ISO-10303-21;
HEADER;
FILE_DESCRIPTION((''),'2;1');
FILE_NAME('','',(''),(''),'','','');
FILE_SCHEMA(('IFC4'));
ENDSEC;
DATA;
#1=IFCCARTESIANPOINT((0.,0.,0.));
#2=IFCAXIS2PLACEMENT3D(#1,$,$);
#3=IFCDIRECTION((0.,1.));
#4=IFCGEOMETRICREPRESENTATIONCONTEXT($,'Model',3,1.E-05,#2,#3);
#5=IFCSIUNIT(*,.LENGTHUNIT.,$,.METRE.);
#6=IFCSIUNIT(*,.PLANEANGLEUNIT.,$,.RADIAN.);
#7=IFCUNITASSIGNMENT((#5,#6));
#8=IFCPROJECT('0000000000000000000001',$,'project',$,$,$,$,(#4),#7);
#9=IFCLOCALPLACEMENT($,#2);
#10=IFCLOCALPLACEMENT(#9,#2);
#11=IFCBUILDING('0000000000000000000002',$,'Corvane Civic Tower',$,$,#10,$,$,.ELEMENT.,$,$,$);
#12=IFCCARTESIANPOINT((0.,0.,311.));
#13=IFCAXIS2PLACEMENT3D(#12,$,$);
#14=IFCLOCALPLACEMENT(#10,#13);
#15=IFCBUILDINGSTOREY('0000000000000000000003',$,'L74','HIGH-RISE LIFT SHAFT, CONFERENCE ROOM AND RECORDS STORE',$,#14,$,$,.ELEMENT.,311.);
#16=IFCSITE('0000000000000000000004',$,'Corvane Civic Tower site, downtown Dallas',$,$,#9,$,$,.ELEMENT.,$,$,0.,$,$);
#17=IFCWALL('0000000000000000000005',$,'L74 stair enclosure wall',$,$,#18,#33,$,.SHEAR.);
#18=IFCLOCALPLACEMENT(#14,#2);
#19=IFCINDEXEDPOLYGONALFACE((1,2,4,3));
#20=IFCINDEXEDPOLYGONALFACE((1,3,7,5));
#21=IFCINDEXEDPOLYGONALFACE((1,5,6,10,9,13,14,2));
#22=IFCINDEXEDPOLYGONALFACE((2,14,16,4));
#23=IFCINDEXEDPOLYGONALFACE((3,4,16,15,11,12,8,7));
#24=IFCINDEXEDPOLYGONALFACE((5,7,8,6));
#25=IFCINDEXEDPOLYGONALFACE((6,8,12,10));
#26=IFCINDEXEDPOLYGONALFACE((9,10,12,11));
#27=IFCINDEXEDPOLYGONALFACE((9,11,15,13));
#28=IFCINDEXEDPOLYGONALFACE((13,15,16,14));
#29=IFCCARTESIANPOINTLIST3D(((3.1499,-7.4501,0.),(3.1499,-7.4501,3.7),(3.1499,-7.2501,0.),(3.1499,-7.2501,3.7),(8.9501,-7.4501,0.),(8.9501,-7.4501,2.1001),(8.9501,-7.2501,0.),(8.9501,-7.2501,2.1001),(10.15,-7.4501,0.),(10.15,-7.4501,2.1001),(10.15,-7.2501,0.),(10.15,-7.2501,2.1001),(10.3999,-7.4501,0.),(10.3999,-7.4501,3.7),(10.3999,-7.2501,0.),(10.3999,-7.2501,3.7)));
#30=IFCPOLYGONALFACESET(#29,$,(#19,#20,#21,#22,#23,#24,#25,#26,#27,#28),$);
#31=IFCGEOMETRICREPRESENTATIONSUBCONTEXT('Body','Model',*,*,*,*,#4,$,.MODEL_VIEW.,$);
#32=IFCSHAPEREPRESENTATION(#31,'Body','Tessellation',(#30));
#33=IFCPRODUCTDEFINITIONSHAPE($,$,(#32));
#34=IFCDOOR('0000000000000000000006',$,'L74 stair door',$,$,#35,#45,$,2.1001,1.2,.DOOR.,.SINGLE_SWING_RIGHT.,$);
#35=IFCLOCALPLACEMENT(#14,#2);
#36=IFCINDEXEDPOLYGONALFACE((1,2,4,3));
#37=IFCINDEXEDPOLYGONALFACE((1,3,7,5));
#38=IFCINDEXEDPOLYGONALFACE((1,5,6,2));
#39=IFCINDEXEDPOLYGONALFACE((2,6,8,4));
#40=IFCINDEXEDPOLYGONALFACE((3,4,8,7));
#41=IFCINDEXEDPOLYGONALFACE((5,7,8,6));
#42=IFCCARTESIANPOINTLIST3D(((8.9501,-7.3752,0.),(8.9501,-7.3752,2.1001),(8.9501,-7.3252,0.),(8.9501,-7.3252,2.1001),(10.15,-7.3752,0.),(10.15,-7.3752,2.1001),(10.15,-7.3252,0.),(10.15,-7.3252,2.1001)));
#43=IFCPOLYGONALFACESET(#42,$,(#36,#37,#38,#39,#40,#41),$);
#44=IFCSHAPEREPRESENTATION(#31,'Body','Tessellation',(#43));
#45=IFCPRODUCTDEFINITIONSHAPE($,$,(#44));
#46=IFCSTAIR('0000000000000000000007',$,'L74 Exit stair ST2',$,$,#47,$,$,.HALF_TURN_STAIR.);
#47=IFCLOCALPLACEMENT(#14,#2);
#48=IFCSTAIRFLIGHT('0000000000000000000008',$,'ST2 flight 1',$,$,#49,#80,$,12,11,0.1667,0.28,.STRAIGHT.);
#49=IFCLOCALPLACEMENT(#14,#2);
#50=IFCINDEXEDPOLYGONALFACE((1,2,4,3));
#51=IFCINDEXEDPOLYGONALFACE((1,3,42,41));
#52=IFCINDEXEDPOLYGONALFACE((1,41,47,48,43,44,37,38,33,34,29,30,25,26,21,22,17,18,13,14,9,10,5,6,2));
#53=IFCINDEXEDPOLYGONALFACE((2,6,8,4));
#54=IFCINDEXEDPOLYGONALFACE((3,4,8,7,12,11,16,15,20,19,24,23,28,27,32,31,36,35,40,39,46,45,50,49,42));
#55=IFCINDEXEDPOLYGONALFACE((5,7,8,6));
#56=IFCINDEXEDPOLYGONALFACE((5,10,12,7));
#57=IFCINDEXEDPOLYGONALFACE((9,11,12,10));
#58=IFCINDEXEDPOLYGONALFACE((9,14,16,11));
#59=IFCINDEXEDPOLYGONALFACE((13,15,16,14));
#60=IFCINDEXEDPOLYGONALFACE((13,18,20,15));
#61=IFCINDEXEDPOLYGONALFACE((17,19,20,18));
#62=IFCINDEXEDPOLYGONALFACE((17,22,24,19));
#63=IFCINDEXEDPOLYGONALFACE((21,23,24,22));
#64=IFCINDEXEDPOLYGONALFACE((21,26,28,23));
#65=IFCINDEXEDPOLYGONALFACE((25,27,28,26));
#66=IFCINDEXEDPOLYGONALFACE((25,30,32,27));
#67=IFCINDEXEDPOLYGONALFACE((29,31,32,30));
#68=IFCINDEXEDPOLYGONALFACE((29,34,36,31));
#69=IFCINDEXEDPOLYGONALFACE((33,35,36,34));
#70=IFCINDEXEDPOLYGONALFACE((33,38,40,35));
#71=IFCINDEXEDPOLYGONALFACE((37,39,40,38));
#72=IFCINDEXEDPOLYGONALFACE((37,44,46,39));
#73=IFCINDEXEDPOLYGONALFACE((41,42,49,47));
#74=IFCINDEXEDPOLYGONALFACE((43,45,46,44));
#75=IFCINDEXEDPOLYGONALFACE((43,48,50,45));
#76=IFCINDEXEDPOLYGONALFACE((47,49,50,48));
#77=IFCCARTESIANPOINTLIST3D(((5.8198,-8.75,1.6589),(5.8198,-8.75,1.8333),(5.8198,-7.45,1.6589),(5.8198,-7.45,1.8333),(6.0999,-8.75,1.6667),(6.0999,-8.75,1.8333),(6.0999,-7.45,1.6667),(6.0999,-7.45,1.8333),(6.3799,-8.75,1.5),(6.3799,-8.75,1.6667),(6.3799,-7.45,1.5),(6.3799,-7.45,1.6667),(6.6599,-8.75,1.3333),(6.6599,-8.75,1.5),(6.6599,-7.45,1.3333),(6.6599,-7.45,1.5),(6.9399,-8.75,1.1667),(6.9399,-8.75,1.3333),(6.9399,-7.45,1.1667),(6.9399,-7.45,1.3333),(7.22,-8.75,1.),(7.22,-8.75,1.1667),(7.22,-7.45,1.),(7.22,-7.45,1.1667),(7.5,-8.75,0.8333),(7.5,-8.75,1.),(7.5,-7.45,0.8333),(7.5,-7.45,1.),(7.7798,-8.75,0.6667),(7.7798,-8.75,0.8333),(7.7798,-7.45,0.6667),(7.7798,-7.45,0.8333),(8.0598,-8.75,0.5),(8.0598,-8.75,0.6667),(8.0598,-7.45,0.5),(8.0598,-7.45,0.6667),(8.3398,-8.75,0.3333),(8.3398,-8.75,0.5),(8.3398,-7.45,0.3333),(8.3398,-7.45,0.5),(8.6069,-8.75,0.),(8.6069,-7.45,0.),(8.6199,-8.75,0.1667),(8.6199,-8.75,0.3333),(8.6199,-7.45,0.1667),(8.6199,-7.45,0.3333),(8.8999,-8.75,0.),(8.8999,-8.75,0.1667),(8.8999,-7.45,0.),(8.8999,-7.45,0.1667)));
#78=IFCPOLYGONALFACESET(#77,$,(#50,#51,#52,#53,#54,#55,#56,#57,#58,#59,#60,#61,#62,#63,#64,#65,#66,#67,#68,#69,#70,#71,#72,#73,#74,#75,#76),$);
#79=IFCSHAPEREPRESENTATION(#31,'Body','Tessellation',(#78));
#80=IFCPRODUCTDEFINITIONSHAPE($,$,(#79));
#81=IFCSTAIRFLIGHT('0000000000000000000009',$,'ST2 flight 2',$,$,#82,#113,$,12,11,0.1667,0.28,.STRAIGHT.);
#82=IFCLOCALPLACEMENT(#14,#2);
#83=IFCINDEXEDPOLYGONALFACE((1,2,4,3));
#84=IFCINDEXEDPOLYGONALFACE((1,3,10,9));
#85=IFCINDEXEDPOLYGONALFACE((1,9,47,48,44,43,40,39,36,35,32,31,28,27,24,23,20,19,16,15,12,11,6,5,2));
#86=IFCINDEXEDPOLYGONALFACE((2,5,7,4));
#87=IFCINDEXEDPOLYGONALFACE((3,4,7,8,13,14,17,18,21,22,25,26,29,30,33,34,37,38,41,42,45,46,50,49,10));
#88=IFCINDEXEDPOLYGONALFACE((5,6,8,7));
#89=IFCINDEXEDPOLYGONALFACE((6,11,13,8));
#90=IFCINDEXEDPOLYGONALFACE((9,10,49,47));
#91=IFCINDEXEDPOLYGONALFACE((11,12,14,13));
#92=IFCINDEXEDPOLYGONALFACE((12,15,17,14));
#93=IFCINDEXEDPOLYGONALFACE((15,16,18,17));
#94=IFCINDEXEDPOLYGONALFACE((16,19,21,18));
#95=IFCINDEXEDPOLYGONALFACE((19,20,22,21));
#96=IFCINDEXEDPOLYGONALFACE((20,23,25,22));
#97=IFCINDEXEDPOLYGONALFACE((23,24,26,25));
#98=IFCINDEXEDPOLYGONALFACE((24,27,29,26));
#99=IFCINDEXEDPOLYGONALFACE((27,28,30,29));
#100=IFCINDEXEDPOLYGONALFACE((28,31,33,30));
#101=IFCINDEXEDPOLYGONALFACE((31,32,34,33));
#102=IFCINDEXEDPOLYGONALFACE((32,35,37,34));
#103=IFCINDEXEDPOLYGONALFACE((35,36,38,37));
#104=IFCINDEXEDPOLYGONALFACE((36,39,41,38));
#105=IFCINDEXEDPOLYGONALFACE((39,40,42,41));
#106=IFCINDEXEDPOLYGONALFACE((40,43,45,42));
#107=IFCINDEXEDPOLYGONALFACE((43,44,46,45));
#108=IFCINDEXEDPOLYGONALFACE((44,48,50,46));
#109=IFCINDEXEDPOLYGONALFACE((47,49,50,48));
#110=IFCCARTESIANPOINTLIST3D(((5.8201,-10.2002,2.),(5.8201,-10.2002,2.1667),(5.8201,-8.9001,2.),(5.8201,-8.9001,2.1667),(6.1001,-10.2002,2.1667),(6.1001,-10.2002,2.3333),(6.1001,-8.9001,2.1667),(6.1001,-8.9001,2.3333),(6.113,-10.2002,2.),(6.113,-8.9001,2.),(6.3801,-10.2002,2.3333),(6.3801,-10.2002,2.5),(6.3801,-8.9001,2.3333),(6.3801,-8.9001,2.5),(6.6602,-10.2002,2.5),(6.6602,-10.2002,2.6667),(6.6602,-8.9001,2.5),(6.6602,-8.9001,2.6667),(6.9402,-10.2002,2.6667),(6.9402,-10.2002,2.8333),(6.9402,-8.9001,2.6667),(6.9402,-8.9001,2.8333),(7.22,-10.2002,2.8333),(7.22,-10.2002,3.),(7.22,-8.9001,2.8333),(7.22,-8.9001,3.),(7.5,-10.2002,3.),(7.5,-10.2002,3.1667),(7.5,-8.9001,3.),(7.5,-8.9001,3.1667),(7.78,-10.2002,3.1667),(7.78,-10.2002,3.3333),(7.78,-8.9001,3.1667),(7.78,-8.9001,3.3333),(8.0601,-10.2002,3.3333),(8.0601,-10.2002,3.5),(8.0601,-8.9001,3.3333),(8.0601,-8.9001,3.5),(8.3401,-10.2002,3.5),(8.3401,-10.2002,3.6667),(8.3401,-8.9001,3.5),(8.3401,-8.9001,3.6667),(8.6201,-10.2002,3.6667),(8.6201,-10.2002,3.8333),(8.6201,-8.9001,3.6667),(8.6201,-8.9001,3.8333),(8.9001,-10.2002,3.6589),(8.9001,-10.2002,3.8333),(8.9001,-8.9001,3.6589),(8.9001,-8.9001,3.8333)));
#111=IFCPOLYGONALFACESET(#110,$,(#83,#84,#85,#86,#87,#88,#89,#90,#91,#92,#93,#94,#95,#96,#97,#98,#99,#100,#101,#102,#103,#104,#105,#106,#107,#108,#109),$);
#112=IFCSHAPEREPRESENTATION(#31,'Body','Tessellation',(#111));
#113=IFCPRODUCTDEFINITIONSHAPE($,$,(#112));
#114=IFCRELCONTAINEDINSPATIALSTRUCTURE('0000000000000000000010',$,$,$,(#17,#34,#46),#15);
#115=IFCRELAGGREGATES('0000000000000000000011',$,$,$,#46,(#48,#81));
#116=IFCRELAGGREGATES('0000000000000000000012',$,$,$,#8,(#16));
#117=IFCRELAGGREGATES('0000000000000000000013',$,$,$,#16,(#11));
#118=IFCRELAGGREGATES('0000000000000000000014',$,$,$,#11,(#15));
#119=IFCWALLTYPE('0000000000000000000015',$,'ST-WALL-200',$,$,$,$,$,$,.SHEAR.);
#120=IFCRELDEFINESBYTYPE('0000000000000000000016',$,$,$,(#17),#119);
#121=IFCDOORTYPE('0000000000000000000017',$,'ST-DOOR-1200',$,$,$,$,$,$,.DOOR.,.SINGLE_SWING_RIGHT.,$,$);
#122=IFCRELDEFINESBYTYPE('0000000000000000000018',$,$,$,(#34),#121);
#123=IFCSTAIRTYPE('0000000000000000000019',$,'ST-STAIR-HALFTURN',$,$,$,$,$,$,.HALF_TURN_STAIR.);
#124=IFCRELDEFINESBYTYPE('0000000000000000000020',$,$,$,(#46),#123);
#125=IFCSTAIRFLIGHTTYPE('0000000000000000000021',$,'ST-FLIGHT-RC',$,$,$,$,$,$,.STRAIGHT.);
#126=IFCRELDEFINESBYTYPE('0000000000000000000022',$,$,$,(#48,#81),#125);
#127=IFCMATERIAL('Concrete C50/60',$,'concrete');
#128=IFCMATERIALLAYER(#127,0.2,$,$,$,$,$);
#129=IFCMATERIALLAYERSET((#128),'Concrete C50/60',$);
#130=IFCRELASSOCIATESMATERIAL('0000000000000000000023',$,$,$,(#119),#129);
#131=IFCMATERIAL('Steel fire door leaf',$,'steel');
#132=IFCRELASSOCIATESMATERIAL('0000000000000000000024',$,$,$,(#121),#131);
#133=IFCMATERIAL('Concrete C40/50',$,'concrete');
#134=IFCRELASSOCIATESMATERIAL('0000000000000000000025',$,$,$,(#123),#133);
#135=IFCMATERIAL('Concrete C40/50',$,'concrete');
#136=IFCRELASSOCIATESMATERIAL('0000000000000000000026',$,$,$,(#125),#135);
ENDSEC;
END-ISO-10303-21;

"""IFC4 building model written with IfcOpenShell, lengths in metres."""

from ifc_helpers import new_model, si_unit, direction, frame, frame_2d, origin, place, context, subcontext, project, spatial, polyline, rectangle, outline, extrude, material, layer, layer_set, type_object, element, fill, aggregate, save


model = new_model("IFC4")

# Units and contexts
model_context = context("Model", 3, precision=1e-05, world=origin(), true_north=direction((0.0, 1.0)))
body_context = subcontext(model_context, "Body", "Model", "MODEL_VIEW")
ifc_project = project(units=[si_unit("LENGTHUNIT", "METRE"), si_unit("PLANEANGLEUNIT", "RADIAN")], contexts=[model_context])

# Site, building, storey
site_placement = place(None, origin())
site = spatial("IfcSite", under=ifc_project, at=site_placement, Name="Corvane Civic Tower site, downtown Dallas", CompositionType="ELEMENT", RefElevation=0.0)
building_placement = place(site_placement, origin())
building = spatial("IfcBuilding", under=site, at=building_placement, Name="Corvane Civic Tower", CompositionType="ELEMENT")
storey_placement = place(building_placement, frame((0.0, 0.0, 311.0)))
storey = spatial("IfcBuildingStorey", under=building, at=storey_placement, Name="L74", Description="HIGH-RISE LIFT SHAFT, CONFERENCE ROOM AND RECORDS STORE", CompositionType="ELEMENT", Elevation=311.0)

# Wall, opening, door
ifc_material_1 = material(Name="Concrete C50/60", Category="concrete")
ifc_layer_1 = layer(ifc_material_1, 0.2)
ifc_layer_set_1 = layer_set([ifc_layer_1], Name="Concrete C50/60")
wall_type_1 = type_object("IfcWallType", Name="ST-WALL-200", PredefinedType="SHEAR", material=ifc_layer_set_1)
wall_1_placement = place(storey_placement, frame((3.1499, -7.3501, 0.0), z_axis=(0.0, 0.0, 1.0), x_axis=(1.0, 0.0, 0.0)))
wall_1 = element("IfcWall", 1, at=wall_1_placement, inside=storey, type_object=wall_type_1, Name="L74 stair enclosure wall", PredefinedType="SHEAR", context=body_context, shape_type="SweptSolid", body=[
    extrude(rectangle(XDim=7.25, YDim=0.2, at=frame_2d((3.625, 0.0))), origin(), (0.0, 0.0, 1.0), 3.7),
])
opening_1_placement = place(wall_1_placement, frame((5.8, 0.0, 0.0)))
opening_1 = element("IfcOpeningElement", 2, at=opening_1_placement, cuts=wall_1, PredefinedType="OPENING", context=body_context, shape_type="SweptSolid", body=[
    extrude(rectangle(XDim=1.2, YDim=2.1001, at=frame_2d((0.6001, 1.05))), frame((0.0, 0.1099, 0.0), z_axis=(0.0, -1.0, 0.0), x_axis=(1.0, 0.0, 0.0)), (0.0, 0.0, 1.0), 0.22),
])
ifc_material_2 = material(Name="Steel fire door leaf", Category="steel")
door_type_1 = type_object("IfcDoorType", Name="ST-DOOR-1200", OperationType="SINGLE_SWING_RIGHT", PredefinedType="DOOR", material=ifc_material_2)
door_1_placement = place(opening_1_placement, origin())
door_1 = element("IfcDoor", 3, at=door_1_placement, inside=storey, type_object=door_type_1, Name="L74 stair door", OperationType="SINGLE_SWING_RIGHT", OverallHeight=2.1001, OverallWidth=1.2, PredefinedType="DOOR", context=body_context, shape_type="SweptSolid", body=[
    extrude(rectangle(XDim=1.2, YDim=2.1001, at=frame_2d((0.6001, 1.05))), frame((0.0, 0.0249, 0.0), z_axis=(0.0, -1.0, 0.0), x_axis=(1.0, 0.0, 0.0)), (0.0, 0.0, 1.0), 0.05),
])
fill(opening_1, door_1)

# Stair, stair flights
ifc_material_3 = material(Name="Concrete C40/50", Category="concrete")
stair_type = type_object("IfcStairType", Name="ST-STAIR-HALFTURN", PredefinedType="HALF_TURN_STAIR", material=ifc_material_3)
stair_placement = place(storey_placement, origin())
stair = element("IfcStair", 4, at=stair_placement, inside=storey, type_object=stair_type, Name="L74 Exit stair ST2", PredefinedType="HALF_TURN_STAIR")
ifc_material_4 = material(Name="Concrete C40/50", Category="concrete")
stair_flight_type = type_object("IfcStairFlightType", Name="ST-FLIGHT-RC", PredefinedType="STRAIGHT", material=ifc_material_4)
stair_flight_1_placement = place(storey_placement, frame((8.8999, -8.1001, 0.0), z_axis=(0.0, 0.0, 1.0), x_axis=(-1.0, 0.0, 0.0)))
stair_flight_1 = element("IfcStairFlight", 5, at=stair_flight_1_placement, type_object=stair_flight_type, Name="ST2 flight 1", NumberOfRisers=12, NumberOfTreads=11, PredefinedType="STRAIGHT", RiserHeight=0.1667, TreadLength=0.28, context=body_context, shape_type="SweptSolid", body=[
    extrude(outline(polyline([(0.0, 0.0), (0.0, 0.1667), (0.28, 0.1667), (0.28, 0.3333), (0.5601, 0.3333), (0.5601, 0.5), (0.8401, 0.5), (0.8401, 0.6667), (1.1201, 0.6667), (1.1201, 0.8333), (1.3999, 0.8333), (1.3999, 1.0), (1.6799, 1.0), (1.6799, 1.1667), (1.96, 1.1667), (1.96, 1.3333), (2.24, 1.3333), (2.24, 1.5), (2.52, 1.5), (2.52, 1.6667), (2.8, 1.6667), (2.8, 1.8333), (3.0801, 1.8333), (3.0801, 2.0), (3.0801, 1.6589), (0.293, 0.0), (0.0, 0.0)])), frame((0.0, 0.6499, 0.0), z_axis=(0.0, -1.0, 0.0), x_axis=(1.0, 0.0, 0.0)), (0.0, 0.0, 1.0), 1.3),
])
stair_flight_2_placement = place(storey_placement, frame((5.8201, -9.55, 2.0), z_axis=(0.0, 0.0, 1.0), x_axis=(1.0, 0.0, 0.0)))
stair_flight_2 = element("IfcStairFlight", 6, at=stair_flight_2_placement, type_object=stair_flight_type, Name="ST2 flight 2", NumberOfRisers=12, NumberOfTreads=11, PredefinedType="STRAIGHT", RiserHeight=0.1667, TreadLength=0.28, context=body_context, shape_type="SweptSolid", body=[
    extrude(outline(polyline([(0.0, 0.0), (0.0, 0.1667), (0.28, 0.1667), (0.28, 0.3333), (0.5601, 0.3333), (0.5601, 0.5), (0.8401, 0.5), (0.8401, 0.6667), (1.1201, 0.6667), (1.1201, 0.8333), (1.3999, 0.8333), (1.3999, 1.0), (1.6799, 1.0), (1.6799, 1.1667), (1.96, 1.1667), (1.96, 1.3333), (2.24, 1.3333), (2.24, 1.5), (2.52, 1.5), (2.52, 1.6667), (2.8, 1.6667), (2.8, 1.8333), (3.0801, 1.8333), (3.0801, 2.0), (3.0801, 1.6589), (0.293, 0.0), (0.0, 0.0)])), frame((0.0, 0.6499, 0.0), z_axis=(0.0, -1.0, 0.0), x_axis=(1.0, 0.0, 0.0)), (0.0, 0.0, 1.0), 1.3),
])
aggregate(stair, [stair_flight_1, stair_flight_2])

save(model, "model.ifc")
